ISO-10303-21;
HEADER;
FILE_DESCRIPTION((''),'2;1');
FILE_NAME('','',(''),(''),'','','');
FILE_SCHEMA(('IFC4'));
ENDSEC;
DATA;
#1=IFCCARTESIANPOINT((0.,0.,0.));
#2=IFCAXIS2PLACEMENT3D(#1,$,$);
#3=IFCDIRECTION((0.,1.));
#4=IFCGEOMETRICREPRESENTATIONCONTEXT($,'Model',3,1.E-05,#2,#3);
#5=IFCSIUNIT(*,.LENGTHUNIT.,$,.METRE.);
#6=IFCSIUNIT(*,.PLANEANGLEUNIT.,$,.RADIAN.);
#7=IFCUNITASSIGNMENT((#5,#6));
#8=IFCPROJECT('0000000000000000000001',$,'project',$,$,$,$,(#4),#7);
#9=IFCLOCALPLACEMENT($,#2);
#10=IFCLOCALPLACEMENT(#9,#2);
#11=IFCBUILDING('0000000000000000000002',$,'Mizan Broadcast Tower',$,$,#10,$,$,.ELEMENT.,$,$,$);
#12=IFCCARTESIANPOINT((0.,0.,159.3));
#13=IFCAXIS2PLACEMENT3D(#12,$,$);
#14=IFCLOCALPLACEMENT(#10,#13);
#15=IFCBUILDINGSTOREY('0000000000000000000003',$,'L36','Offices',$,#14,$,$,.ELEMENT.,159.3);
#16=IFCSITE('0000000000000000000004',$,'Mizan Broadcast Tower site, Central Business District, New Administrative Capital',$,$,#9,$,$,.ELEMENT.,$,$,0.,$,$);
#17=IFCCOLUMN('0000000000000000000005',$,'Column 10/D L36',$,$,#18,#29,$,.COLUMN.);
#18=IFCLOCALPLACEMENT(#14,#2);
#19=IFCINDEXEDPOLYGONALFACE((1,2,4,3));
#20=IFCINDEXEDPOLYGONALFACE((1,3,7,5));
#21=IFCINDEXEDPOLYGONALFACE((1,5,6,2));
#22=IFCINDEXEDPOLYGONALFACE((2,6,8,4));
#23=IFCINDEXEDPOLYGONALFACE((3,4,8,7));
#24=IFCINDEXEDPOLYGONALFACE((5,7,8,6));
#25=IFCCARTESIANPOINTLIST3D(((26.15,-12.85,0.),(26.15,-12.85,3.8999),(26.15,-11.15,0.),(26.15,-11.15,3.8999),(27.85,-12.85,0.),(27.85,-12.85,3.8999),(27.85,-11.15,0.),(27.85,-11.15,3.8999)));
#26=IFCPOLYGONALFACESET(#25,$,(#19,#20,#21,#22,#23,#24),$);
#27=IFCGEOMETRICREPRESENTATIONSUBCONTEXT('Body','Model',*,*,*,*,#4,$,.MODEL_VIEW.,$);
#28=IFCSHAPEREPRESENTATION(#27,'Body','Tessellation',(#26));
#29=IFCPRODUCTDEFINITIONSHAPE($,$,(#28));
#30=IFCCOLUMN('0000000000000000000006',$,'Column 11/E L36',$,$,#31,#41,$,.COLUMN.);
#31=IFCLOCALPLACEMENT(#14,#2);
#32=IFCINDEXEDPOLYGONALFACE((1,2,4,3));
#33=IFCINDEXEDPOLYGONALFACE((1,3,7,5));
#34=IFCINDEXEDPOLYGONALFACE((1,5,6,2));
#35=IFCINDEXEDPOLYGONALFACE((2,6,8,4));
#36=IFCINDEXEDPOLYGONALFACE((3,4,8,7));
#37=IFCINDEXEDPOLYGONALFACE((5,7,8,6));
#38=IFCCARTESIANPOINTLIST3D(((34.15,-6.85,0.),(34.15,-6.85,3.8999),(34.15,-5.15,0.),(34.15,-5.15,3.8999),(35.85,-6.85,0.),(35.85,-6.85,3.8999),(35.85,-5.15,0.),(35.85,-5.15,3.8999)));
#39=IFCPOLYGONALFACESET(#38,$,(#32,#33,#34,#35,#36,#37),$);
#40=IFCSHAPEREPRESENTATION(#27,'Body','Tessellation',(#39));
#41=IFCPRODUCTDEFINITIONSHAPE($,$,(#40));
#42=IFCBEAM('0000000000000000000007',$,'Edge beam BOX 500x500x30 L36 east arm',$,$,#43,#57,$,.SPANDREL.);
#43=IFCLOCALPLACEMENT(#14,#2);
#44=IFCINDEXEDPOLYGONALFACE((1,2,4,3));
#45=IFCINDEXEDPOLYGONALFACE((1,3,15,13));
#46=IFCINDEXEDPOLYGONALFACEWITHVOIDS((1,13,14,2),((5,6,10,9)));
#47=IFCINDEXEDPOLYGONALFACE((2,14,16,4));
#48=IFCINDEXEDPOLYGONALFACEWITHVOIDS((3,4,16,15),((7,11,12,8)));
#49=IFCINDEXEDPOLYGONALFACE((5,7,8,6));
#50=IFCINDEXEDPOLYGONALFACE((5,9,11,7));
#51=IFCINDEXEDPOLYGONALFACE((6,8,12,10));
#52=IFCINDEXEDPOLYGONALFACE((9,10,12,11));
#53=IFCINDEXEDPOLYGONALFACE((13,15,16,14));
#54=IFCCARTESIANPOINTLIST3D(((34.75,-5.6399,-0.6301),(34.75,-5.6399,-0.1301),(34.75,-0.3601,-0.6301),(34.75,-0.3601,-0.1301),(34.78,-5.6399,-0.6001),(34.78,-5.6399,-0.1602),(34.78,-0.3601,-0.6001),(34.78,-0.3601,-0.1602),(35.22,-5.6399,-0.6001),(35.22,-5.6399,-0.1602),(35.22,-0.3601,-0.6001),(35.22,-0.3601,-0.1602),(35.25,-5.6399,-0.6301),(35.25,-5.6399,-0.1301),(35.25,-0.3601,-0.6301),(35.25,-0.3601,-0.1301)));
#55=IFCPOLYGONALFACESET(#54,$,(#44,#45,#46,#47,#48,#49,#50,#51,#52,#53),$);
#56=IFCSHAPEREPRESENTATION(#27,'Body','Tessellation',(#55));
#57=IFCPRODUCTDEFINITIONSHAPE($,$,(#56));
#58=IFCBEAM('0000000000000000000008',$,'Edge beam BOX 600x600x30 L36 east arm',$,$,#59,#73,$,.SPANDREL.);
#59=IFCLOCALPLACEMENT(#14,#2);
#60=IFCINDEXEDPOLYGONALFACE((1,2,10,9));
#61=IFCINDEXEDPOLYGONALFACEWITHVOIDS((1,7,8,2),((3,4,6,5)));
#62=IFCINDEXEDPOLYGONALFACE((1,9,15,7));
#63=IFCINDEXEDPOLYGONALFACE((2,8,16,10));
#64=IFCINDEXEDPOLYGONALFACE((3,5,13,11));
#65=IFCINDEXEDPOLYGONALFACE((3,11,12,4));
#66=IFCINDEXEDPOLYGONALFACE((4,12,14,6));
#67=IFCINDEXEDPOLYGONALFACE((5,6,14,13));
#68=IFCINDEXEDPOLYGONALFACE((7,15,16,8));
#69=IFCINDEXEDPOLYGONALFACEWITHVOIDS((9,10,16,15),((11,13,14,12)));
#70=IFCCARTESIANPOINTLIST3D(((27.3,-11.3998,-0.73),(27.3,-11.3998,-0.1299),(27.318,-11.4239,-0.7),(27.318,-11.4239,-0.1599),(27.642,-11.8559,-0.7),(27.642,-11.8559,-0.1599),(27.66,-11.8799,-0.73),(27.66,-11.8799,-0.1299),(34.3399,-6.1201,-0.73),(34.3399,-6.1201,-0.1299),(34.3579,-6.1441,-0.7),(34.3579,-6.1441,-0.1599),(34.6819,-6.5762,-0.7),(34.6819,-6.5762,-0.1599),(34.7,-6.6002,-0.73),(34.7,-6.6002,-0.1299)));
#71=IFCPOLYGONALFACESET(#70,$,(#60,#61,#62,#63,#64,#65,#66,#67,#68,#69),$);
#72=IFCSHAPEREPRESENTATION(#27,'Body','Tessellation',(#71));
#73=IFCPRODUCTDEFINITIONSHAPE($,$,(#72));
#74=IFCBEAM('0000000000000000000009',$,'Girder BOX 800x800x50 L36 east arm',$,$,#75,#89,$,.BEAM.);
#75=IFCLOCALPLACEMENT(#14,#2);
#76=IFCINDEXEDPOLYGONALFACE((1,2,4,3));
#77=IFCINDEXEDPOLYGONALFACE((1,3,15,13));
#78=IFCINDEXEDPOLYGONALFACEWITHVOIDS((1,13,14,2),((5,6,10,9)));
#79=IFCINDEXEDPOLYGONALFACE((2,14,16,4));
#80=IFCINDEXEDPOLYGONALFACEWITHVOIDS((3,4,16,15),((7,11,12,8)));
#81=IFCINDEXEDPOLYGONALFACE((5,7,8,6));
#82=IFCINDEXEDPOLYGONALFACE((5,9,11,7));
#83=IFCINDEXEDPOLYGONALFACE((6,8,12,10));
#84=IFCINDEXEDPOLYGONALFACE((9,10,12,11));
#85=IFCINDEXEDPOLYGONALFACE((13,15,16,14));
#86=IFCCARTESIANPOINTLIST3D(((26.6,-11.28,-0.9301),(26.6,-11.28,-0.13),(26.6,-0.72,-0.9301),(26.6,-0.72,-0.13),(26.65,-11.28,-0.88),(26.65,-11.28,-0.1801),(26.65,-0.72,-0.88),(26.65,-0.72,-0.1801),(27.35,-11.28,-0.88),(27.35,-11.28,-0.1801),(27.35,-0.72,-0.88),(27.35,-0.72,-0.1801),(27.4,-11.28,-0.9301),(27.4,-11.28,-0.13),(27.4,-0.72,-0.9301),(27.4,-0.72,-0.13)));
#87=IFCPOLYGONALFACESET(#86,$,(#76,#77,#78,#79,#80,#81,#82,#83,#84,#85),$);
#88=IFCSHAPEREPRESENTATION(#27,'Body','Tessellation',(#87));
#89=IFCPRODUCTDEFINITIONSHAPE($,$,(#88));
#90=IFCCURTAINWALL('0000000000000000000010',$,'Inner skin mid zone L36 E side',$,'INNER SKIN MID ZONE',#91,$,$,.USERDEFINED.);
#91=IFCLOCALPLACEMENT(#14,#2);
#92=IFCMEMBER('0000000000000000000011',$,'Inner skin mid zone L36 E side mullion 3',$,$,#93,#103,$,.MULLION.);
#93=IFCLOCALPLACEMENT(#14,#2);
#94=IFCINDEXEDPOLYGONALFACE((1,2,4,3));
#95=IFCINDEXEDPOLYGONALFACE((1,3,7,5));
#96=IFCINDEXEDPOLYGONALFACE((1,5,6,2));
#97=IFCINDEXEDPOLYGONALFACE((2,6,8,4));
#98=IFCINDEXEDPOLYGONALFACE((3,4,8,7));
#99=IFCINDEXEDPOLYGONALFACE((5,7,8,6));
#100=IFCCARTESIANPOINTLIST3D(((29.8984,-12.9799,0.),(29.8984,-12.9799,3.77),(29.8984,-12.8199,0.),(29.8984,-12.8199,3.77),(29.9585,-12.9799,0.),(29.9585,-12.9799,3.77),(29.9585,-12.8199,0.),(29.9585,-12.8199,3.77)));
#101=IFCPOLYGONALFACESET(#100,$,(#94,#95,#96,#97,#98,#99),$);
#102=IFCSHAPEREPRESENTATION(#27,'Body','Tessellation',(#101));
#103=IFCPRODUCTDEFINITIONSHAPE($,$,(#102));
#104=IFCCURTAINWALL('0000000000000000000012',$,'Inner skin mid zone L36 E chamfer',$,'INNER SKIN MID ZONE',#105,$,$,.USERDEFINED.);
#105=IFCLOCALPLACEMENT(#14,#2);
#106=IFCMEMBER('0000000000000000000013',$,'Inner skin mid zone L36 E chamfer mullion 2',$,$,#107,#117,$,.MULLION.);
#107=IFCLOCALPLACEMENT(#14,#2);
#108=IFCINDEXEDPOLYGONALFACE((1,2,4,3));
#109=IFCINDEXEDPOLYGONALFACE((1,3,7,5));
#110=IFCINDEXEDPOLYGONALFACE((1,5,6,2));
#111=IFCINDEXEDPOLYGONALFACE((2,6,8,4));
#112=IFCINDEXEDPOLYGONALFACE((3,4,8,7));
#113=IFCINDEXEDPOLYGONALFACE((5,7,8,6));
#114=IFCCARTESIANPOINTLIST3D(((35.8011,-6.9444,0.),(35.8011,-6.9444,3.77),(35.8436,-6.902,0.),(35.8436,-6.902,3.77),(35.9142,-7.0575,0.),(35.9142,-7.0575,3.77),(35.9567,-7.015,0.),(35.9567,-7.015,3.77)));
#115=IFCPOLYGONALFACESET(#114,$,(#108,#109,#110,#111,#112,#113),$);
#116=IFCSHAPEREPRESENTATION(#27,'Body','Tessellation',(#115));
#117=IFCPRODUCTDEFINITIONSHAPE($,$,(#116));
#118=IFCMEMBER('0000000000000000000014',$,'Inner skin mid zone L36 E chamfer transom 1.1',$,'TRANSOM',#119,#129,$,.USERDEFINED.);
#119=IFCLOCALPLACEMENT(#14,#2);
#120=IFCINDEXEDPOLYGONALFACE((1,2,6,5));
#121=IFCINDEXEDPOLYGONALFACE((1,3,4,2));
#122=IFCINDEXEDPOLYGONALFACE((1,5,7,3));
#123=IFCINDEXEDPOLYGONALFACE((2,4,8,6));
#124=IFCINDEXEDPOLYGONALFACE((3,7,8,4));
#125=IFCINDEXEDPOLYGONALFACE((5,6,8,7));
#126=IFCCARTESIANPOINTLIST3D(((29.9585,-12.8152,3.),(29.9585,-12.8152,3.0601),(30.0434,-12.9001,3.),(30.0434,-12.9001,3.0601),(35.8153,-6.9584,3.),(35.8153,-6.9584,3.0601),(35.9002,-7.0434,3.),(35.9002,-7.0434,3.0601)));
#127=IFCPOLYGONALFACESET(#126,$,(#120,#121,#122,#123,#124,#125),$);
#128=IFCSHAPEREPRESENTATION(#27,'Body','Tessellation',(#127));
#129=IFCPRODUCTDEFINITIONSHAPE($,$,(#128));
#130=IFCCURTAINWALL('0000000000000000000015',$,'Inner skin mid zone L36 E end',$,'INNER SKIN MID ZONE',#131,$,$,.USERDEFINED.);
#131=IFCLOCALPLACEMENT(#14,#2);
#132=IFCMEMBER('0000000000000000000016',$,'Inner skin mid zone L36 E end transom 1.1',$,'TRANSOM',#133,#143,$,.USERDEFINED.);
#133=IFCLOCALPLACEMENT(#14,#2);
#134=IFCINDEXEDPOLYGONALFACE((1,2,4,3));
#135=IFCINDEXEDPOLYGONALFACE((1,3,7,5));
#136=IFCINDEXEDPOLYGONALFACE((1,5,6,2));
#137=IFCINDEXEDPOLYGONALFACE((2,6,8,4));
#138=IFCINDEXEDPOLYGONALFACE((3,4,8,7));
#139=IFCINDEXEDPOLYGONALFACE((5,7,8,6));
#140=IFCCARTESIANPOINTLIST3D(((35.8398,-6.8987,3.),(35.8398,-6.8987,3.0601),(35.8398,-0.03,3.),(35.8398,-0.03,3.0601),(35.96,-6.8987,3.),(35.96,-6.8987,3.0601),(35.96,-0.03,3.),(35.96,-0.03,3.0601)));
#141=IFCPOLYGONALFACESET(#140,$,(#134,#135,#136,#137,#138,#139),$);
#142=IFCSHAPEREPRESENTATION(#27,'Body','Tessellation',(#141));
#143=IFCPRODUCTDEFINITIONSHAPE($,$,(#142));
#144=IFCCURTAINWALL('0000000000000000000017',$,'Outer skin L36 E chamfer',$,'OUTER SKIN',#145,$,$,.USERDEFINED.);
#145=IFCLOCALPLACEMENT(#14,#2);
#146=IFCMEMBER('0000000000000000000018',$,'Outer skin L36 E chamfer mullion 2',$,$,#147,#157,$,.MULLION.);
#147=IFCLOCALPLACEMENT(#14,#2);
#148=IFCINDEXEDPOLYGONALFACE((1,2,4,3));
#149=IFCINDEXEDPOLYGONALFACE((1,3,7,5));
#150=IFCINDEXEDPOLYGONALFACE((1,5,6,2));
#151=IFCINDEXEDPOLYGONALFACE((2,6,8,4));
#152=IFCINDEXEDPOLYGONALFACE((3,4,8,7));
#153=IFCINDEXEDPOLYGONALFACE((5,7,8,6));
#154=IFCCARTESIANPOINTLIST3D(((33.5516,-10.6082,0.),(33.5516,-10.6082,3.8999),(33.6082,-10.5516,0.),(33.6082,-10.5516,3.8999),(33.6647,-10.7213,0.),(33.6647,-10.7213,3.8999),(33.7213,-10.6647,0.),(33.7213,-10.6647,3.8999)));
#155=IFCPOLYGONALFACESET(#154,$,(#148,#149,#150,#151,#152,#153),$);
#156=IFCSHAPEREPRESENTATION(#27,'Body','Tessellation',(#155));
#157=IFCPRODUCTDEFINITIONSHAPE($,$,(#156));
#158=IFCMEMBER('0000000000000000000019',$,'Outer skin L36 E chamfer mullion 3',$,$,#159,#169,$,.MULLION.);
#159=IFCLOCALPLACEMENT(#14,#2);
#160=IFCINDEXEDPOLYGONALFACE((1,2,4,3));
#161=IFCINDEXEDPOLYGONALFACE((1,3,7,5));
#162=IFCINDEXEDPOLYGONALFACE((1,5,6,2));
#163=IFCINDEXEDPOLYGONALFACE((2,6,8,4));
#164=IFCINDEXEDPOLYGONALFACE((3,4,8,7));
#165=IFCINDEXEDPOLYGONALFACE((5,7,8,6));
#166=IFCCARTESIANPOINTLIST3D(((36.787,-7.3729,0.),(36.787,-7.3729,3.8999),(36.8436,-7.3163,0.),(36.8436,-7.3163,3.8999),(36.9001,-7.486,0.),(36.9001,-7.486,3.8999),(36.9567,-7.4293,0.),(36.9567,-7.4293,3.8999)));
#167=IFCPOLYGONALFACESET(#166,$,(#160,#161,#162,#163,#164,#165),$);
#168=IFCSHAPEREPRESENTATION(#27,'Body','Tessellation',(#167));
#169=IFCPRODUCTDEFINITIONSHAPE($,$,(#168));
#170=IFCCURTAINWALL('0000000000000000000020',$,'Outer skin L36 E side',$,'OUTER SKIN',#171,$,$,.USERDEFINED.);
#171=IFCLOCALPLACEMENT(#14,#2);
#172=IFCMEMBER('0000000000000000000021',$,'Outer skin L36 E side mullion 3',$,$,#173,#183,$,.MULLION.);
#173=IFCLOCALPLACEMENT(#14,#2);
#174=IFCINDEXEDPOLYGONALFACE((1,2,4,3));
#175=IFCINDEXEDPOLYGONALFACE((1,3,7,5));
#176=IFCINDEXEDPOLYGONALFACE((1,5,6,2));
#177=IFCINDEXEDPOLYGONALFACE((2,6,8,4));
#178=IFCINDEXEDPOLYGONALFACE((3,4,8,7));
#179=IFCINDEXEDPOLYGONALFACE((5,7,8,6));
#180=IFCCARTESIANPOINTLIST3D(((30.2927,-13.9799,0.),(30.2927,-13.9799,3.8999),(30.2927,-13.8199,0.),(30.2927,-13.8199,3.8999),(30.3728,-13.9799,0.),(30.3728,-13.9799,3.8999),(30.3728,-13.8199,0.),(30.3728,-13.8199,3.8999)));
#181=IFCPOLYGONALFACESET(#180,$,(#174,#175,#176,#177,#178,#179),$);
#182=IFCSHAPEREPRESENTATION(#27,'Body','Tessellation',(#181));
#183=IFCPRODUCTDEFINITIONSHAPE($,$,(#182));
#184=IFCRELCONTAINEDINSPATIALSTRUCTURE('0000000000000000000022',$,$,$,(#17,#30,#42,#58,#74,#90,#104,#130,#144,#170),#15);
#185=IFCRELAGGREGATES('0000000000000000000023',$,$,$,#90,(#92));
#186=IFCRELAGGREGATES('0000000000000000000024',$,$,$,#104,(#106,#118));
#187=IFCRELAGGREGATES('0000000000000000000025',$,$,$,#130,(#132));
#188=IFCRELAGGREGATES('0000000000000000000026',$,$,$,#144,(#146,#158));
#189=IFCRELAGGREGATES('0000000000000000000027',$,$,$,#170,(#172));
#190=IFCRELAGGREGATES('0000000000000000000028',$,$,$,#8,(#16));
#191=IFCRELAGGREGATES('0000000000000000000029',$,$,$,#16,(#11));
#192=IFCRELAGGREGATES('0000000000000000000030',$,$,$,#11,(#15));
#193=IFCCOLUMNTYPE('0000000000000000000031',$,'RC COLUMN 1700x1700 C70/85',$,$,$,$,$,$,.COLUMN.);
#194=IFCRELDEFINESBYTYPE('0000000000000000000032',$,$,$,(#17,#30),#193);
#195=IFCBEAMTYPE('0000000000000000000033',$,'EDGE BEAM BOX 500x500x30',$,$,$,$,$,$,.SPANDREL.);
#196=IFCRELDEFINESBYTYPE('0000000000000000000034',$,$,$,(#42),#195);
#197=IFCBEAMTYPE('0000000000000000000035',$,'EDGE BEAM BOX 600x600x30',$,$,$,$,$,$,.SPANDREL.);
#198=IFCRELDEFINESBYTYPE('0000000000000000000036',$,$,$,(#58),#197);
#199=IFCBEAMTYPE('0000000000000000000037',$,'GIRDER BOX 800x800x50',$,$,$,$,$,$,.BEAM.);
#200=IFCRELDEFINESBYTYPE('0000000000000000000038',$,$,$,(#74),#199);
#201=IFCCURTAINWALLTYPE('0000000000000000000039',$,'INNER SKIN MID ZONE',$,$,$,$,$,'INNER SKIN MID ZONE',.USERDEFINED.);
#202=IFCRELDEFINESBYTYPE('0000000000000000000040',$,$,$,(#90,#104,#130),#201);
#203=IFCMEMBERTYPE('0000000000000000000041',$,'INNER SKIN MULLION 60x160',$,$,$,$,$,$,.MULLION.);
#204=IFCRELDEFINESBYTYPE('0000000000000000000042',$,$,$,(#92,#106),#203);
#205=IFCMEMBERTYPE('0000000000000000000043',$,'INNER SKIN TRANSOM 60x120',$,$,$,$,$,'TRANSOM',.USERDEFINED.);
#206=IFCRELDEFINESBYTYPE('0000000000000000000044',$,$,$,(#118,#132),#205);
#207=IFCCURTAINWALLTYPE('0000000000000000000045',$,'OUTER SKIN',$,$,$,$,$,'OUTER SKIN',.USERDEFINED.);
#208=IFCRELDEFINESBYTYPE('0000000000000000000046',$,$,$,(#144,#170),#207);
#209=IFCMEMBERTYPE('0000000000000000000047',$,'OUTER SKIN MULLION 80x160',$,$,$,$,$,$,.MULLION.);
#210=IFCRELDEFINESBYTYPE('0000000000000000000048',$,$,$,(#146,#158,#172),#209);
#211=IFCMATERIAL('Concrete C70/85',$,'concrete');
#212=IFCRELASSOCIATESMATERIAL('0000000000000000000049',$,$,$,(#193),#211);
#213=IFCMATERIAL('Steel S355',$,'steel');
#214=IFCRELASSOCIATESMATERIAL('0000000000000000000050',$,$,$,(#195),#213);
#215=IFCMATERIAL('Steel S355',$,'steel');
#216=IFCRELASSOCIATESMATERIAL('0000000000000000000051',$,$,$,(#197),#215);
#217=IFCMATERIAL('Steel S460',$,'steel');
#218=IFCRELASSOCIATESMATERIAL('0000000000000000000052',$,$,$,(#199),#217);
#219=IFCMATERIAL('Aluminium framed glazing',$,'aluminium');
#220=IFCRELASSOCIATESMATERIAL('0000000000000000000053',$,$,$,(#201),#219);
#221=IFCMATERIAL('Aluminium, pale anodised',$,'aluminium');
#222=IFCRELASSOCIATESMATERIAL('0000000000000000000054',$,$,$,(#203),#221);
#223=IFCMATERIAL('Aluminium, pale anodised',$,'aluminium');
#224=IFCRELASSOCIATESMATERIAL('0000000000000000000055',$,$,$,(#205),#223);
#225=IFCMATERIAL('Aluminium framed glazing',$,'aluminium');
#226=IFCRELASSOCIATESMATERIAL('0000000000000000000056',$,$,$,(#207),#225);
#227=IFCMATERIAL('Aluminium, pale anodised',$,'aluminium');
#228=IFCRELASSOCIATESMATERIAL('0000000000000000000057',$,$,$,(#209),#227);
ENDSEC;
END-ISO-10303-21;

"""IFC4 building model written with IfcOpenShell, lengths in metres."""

from ifc_helpers import new_model, si_unit, direction, frame, origin, origin_2d, place, context, subcontext, project, spatial, rectangle, hollow_rectangle, extrude, material, material_profile, profile_set, type_object, element, aggregate, save


model = new_model("IFC4")

# Units and contexts
model_context = context("Model", 3, precision=1e-05, world=origin(), true_north=direction((0.0, 1.0)))
body_context = subcontext(model_context, "Body", "Model", "MODEL_VIEW")
ifc_project = project(units=[si_unit("LENGTHUNIT", "METRE"), si_unit("PLANEANGLEUNIT", "RADIAN")], contexts=[model_context])

# Site, building, storey
site_placement = place(None, origin())
site = spatial("IfcSite", under=ifc_project, at=site_placement, Name="Mizan Broadcast Tower site, Central Business District, New Administrative Capital", CompositionType="ELEMENT", RefElevation=0.0)
building_placement = place(site_placement, origin())
building = spatial("IfcBuilding", under=site, at=building_placement, Name="Mizan Broadcast Tower", CompositionType="ELEMENT")
storey_placement = place(building_placement, frame((0.0, 0.0, 159.3)))
storey = spatial("IfcBuildingStorey", under=building, at=storey_placement, Name="L36", Description="Offices", CompositionType="ELEMENT", Elevation=159.3)

# Columns
ifc_material_1 = material(Name="Concrete C70/85", Category="concrete")
ifc_material_profile_1 = material_profile(ifc_material_1, rectangle(XDim=1.7, YDim=1.7, at=origin_2d()), Name="RC 1700x1700")
ifc_profile_set_1 = profile_set([ifc_material_profile_1], Name="Concrete C70/85")
column_type = type_object("IfcColumnType", Name="RC COLUMN 1700x1700 C70/85", PredefinedType="COLUMN", material=ifc_profile_set_1)
for number, where, z_axis, x_axis, name in (
    (1, (27.0, -12.0, 0.0), (0.0, 0.0, 1.0), (1.0, 0.0, 0.0), "Column 10/D L36"),
    (2, (35.0, -6.0, 0.0), (0.0, 0.0, 1.0), (1.0, 0.0, 0.0), "Column 11/E L36"),
):
    element("IfcColumn", number, at=place(storey_placement, frame(where, z_axis=z_axis, x_axis=x_axis)), inside=storey, type_object=column_type, Name=name, PredefinedType="COLUMN", context=body_context, shape_type="SweptSolid", body=[
        extrude(rectangle(XDim=1.7, YDim=1.7, at=origin_2d()), origin(), (0.0, 0.0, 1.0), 3.8999),
    ])

# Beams
ifc_material_2 = material(Name="Steel S355", Category="steel")
ifc_material_profile_2 = material_profile(ifc_material_2, hollow_rectangle(XDim=0.5, YDim=0.5, WallThickness=0.03, at=origin_2d()), Name="BOX 500x500x30")
ifc_profile_set_2 = profile_set([ifc_material_profile_2], Name="Steel S355")
beam_type_1 = type_object("IfcBeamType", Name="EDGE BEAM BOX 500x500x30", PredefinedType="SPANDREL", material=ifc_profile_set_2)
beam_1_placement = place(storey_placement, frame((35.0, -5.6399, -0.3801), z_axis=(0.0, 1.0, 0.0), x_axis=(-1.0, 0.0, 0.0)))
element("IfcBeam", 3, at=beam_1_placement, inside=storey, type_object=beam_type_1, Name="Edge beam BOX 500x500x30 L36 east arm", PredefinedType="SPANDREL", context=body_context, shape_type="SweptSolid", body=[
    extrude(hollow_rectangle(XDim=0.5, YDim=0.5, WallThickness=0.03, at=origin_2d()), origin(), (0.0, 0.0, 1.0), 5.2798),
])
ifc_material_3 = material(Name="Steel S355", Category="steel")
ifc_material_profile_3 = material_profile(ifc_material_3, hollow_rectangle(XDim=0.6001, YDim=0.6001, WallThickness=0.03, at=origin_2d()), Name="BOX 600x600x30")
ifc_profile_set_3 = profile_set([ifc_material_profile_3], Name="Steel S355")
beam_type_2 = type_object("IfcBeamType", Name="EDGE BEAM BOX 600x600x30", PredefinedType="SPANDREL", material=ifc_profile_set_3)
beam_2_placement = place(storey_placement, frame((27.48, -11.6399, -0.4299), z_axis=(0.800013, 0.599982, 0.0), x_axis=(-0.599982, 0.800013, 0.0)))
element("IfcBeam", 4, at=beam_2_placement, inside=storey, type_object=beam_type_2, Name="Edge beam BOX 600x600x30 L36 east arm", PredefinedType="SPANDREL", context=body_context, shape_type="SweptSolid", body=[
    extrude(hollow_rectangle(XDim=0.6001, YDim=0.6001, WallThickness=0.03, at=origin_2d()), origin(), (0.0, 0.0, 1.0), 8.7998),
])
ifc_material_4 = material(Name="Steel S460", Category="steel")
ifc_material_profile_4 = material_profile(ifc_material_4, hollow_rectangle(XDim=0.8, YDim=0.8, WallThickness=0.05, at=origin_2d()), Name="BOX 800x800x50")
ifc_profile_set_4 = profile_set([ifc_material_profile_4], Name="Steel S460")
beam_type_3 = type_object("IfcBeamType", Name="GIRDER BOX 800x800x50", PredefinedType="BEAM", material=ifc_profile_set_4)
beam_3_placement = place(storey_placement, frame((27.0, -11.28, -0.53), z_axis=(0.0, 1.0, 0.0), x_axis=(-1.0, 0.0, 0.0)))
element("IfcBeam", 5, at=beam_3_placement, inside=storey, type_object=beam_type_3, Name="Girder BOX 800x800x50 L36 east arm", PredefinedType="BEAM", context=body_context, shape_type="SweptSolid", body=[
    extrude(hollow_rectangle(XDim=0.8, YDim=0.8, WallThickness=0.05, at=origin_2d()), origin(), (0.0, 0.0, 1.0), 10.5601),
])

# Curtain wall, member
ifc_material_5 = material(Name="Aluminium framed glazing", Category="aluminium")
curtain_wall_type_1 = type_object("IfcCurtainWallType", Name="INNER SKIN MID ZONE", ElementType="INNER SKIN MID ZONE", PredefinedType="USERDEFINED", material=ifc_material_5)
curtain_wall_1_placement = place(storey_placement, origin())
curtain_wall_1 = element("IfcCurtainWall", 6, at=curtain_wall_1_placement, inside=storey, type_object=curtain_wall_type_1, Name="Inner skin mid zone L36 E side", ObjectType="INNER SKIN MID ZONE", PredefinedType="USERDEFINED")
ifc_material_6 = material(Name="Aluminium, pale anodised", Category="aluminium")
ifc_material_profile_5 = material_profile(ifc_material_6, rectangle(XDim=0.1599, YDim=0.0601, at=origin_2d()), Name="MULLION 160x60")
ifc_profile_set_5 = profile_set([ifc_material_profile_5], Name="Aluminium, pale anodised")
member_type_1 = type_object("IfcMemberType", Name="INNER SKIN MULLION 60x160", PredefinedType="MULLION", material=ifc_profile_set_5)
member_1_placement = place(storey_placement, frame((29.9285, -12.8999, 0.0), z_axis=(0.0, 0.0, 1.0), x_axis=(0.0, 1.0, 0.0)))
member_1 = element("IfcMember", 7, at=member_1_placement, type_object=member_type_1, Name="Inner skin mid zone L36 E side mullion 3", PredefinedType="MULLION", context=body_context, shape_type="SweptSolid", body=[
    extrude(rectangle(XDim=0.1599, YDim=0.0601, at=origin_2d()), origin(), (0.0, 0.0, 1.0), 3.77),
])

# Curtain wall, members
curtain_wall_2_placement = place(storey_placement, origin())
curtain_wall_2 = element("IfcCurtainWall", 8, at=curtain_wall_2_placement, inside=storey, type_object=curtain_wall_type_1, Name="Inner skin mid zone L36 E chamfer", ObjectType="INNER SKIN MID ZONE", PredefinedType="USERDEFINED")
member_2_placement = place(storey_placement, frame((35.8789, -6.9797, 0.0), z_axis=(0.0, 0.0, 1.0), x_axis=(-0.707107, 0.707107, 0.0)))
member_2 = element("IfcMember", 9, at=member_2_placement, type_object=member_type_1, Name="Inner skin mid zone L36 E chamfer mullion 2", PredefinedType="MULLION", context=body_context, shape_type="SweptSolid", body=[
    extrude(rectangle(XDim=0.1599, YDim=0.0601, at=origin_2d()), origin(), (0.0, 0.0, 1.0), 3.77),
])
ifc_material_7 = material(Name="Aluminium, pale anodised", Category="aluminium")
ifc_material_profile_6 = material_profile(ifc_material_7, rectangle(XDim=0.1201, YDim=0.0601, at=origin_2d()), Name="TRANSOM 120x60")
ifc_profile_set_6 = profile_set([ifc_material_profile_6], Name="Aluminium, pale anodised")
member_type_2 = type_object("IfcMemberType", Name="INNER SKIN TRANSOM 60x120", ElementType="TRANSOM", PredefinedType="USERDEFINED", material=ifc_profile_set_6)
member_3_placement = place(storey_placement, frame((30.001, -12.8577, 3.03), z_axis=(0.707107, 0.707107, 0.0), x_axis=(-0.707107, 0.707107, 0.0)))
member_3 = element("IfcMember", 10, at=member_3_placement, type_object=member_type_2, Name="Inner skin mid zone L36 E chamfer transom 1.1", ObjectType="TRANSOM", PredefinedType="USERDEFINED", context=body_context, shape_type="SweptSolid", body=[
    extrude(rectangle(XDim=0.1201, YDim=0.0601, at=origin_2d()), origin(), (0.0, 0.0, 1.0), 8.2827),
])

# Curtain wall, member
curtain_wall_3_placement = place(storey_placement, origin())
curtain_wall_3 = element("IfcCurtainWall", 11, at=curtain_wall_3_placement, inside=storey, type_object=curtain_wall_type_1, Name="Inner skin mid zone L36 E end", ObjectType="INNER SKIN MID ZONE", PredefinedType="USERDEFINED")
member_4_placement = place(storey_placement, frame((35.8999, -6.8987, 3.03), z_axis=(0.0, 1.0, 0.0), x_axis=(-1.0, 0.0, 0.0)))
member_4 = element("IfcMember", 12, at=member_4_placement, type_object=member_type_2, Name="Inner skin mid zone L36 E end transom 1.1", ObjectType="TRANSOM", PredefinedType="USERDEFINED", context=body_context, shape_type="SweptSolid", body=[
    extrude(rectangle(XDim=0.1201, YDim=0.0601, at=origin_2d()), origin(), (0.0, 0.0, 1.0), 6.8687),
])

# Curtain wall, members
ifc_material_8 = material(Name="Aluminium framed glazing", Category="aluminium")
curtain_wall_type_2 = type_object("IfcCurtainWallType", Name="OUTER SKIN", ElementType="OUTER SKIN", PredefinedType="USERDEFINED", material=ifc_material_8)
curtain_wall_4_placement = place(storey_placement, origin())
curtain_wall_4 = element("IfcCurtainWall", 13, at=curtain_wall_4_placement, inside=storey, type_object=curtain_wall_type_2, Name="Outer skin L36 E chamfer", ObjectType="OUTER SKIN", PredefinedType="USERDEFINED")
ifc_material_9 = material(Name="Aluminium, pale anodised", Category="aluminium")
ifc_material_profile_7 = material_profile(ifc_material_9, rectangle(XDim=0.1599, YDim=0.0801, at=origin_2d()), Name="MULLION 160x80")
ifc_profile_set_7 = profile_set([ifc_material_profile_7], Name="Aluminium, pale anodised")
member_type_3 = type_object("IfcMemberType", Name="OUTER SKIN MULLION 80x160", PredefinedType="MULLION", material=ifc_profile_set_7)
member_5_placement = place(storey_placement, frame((33.6365, -10.6365, 0.0), z_axis=(0.0, 0.0, 1.0), x_axis=(-0.707107, 0.707107, 0.0)))
member_5 = element("IfcMember", 14, at=member_5_placement, type_object=member_type_3, Name="Outer skin L36 E chamfer mullion 2", PredefinedType="MULLION", context=body_context, shape_type="SweptSolid", body=[
    extrude(rectangle(XDim=0.1599, YDim=0.0801, at=origin_2d()), origin(), (0.0, 0.0, 1.0), 3.8999),
])
member_6_placement = place(storey_placement, frame((36.8718, -7.4011, 0.0), z_axis=(0.0, 0.0, 1.0), x_axis=(-0.707107, 0.707107, 0.0)))
member_6 = element("IfcMember", 15, at=member_6_placement, type_object=member_type_3, Name="Outer skin L36 E chamfer mullion 3", PredefinedType="MULLION", context=body_context, shape_type="SweptSolid", body=[
    extrude(rectangle(XDim=0.1599, YDim=0.0801, at=origin_2d()), origin(), (0.0, 0.0, 1.0), 3.8999),
])

# Curtain wall, member
curtain_wall_5_placement = place(storey_placement, origin())
curtain_wall_5 = element("IfcCurtainWall", 16, at=curtain_wall_5_placement, inside=storey, type_object=curtain_wall_type_2, Name="Outer skin L36 E side", ObjectType="OUTER SKIN", PredefinedType="USERDEFINED")
member_7_placement = place(storey_placement, frame((30.3328, -13.8999, 0.0), z_axis=(0.0, 0.0, 1.0), x_axis=(0.0, 1.0, 0.0)))
member_7 = element("IfcMember", 17, at=member_7_placement, type_object=member_type_3, Name="Outer skin L36 E side mullion 3", PredefinedType="MULLION", context=body_context, shape_type="SweptSolid", body=[
    extrude(rectangle(XDim=0.1599, YDim=0.0801, at=origin_2d()), origin(), (0.0, 0.0, 1.0), 3.8999),
])

aggregate(curtain_wall_1, [member_1])
aggregate(curtain_wall_2, [member_2, member_3])
aggregate(curtain_wall_3, [member_4])
aggregate(curtain_wall_4, [member_5, member_6])
aggregate(curtain_wall_5, [member_7])

save(model, "model.ifc")
